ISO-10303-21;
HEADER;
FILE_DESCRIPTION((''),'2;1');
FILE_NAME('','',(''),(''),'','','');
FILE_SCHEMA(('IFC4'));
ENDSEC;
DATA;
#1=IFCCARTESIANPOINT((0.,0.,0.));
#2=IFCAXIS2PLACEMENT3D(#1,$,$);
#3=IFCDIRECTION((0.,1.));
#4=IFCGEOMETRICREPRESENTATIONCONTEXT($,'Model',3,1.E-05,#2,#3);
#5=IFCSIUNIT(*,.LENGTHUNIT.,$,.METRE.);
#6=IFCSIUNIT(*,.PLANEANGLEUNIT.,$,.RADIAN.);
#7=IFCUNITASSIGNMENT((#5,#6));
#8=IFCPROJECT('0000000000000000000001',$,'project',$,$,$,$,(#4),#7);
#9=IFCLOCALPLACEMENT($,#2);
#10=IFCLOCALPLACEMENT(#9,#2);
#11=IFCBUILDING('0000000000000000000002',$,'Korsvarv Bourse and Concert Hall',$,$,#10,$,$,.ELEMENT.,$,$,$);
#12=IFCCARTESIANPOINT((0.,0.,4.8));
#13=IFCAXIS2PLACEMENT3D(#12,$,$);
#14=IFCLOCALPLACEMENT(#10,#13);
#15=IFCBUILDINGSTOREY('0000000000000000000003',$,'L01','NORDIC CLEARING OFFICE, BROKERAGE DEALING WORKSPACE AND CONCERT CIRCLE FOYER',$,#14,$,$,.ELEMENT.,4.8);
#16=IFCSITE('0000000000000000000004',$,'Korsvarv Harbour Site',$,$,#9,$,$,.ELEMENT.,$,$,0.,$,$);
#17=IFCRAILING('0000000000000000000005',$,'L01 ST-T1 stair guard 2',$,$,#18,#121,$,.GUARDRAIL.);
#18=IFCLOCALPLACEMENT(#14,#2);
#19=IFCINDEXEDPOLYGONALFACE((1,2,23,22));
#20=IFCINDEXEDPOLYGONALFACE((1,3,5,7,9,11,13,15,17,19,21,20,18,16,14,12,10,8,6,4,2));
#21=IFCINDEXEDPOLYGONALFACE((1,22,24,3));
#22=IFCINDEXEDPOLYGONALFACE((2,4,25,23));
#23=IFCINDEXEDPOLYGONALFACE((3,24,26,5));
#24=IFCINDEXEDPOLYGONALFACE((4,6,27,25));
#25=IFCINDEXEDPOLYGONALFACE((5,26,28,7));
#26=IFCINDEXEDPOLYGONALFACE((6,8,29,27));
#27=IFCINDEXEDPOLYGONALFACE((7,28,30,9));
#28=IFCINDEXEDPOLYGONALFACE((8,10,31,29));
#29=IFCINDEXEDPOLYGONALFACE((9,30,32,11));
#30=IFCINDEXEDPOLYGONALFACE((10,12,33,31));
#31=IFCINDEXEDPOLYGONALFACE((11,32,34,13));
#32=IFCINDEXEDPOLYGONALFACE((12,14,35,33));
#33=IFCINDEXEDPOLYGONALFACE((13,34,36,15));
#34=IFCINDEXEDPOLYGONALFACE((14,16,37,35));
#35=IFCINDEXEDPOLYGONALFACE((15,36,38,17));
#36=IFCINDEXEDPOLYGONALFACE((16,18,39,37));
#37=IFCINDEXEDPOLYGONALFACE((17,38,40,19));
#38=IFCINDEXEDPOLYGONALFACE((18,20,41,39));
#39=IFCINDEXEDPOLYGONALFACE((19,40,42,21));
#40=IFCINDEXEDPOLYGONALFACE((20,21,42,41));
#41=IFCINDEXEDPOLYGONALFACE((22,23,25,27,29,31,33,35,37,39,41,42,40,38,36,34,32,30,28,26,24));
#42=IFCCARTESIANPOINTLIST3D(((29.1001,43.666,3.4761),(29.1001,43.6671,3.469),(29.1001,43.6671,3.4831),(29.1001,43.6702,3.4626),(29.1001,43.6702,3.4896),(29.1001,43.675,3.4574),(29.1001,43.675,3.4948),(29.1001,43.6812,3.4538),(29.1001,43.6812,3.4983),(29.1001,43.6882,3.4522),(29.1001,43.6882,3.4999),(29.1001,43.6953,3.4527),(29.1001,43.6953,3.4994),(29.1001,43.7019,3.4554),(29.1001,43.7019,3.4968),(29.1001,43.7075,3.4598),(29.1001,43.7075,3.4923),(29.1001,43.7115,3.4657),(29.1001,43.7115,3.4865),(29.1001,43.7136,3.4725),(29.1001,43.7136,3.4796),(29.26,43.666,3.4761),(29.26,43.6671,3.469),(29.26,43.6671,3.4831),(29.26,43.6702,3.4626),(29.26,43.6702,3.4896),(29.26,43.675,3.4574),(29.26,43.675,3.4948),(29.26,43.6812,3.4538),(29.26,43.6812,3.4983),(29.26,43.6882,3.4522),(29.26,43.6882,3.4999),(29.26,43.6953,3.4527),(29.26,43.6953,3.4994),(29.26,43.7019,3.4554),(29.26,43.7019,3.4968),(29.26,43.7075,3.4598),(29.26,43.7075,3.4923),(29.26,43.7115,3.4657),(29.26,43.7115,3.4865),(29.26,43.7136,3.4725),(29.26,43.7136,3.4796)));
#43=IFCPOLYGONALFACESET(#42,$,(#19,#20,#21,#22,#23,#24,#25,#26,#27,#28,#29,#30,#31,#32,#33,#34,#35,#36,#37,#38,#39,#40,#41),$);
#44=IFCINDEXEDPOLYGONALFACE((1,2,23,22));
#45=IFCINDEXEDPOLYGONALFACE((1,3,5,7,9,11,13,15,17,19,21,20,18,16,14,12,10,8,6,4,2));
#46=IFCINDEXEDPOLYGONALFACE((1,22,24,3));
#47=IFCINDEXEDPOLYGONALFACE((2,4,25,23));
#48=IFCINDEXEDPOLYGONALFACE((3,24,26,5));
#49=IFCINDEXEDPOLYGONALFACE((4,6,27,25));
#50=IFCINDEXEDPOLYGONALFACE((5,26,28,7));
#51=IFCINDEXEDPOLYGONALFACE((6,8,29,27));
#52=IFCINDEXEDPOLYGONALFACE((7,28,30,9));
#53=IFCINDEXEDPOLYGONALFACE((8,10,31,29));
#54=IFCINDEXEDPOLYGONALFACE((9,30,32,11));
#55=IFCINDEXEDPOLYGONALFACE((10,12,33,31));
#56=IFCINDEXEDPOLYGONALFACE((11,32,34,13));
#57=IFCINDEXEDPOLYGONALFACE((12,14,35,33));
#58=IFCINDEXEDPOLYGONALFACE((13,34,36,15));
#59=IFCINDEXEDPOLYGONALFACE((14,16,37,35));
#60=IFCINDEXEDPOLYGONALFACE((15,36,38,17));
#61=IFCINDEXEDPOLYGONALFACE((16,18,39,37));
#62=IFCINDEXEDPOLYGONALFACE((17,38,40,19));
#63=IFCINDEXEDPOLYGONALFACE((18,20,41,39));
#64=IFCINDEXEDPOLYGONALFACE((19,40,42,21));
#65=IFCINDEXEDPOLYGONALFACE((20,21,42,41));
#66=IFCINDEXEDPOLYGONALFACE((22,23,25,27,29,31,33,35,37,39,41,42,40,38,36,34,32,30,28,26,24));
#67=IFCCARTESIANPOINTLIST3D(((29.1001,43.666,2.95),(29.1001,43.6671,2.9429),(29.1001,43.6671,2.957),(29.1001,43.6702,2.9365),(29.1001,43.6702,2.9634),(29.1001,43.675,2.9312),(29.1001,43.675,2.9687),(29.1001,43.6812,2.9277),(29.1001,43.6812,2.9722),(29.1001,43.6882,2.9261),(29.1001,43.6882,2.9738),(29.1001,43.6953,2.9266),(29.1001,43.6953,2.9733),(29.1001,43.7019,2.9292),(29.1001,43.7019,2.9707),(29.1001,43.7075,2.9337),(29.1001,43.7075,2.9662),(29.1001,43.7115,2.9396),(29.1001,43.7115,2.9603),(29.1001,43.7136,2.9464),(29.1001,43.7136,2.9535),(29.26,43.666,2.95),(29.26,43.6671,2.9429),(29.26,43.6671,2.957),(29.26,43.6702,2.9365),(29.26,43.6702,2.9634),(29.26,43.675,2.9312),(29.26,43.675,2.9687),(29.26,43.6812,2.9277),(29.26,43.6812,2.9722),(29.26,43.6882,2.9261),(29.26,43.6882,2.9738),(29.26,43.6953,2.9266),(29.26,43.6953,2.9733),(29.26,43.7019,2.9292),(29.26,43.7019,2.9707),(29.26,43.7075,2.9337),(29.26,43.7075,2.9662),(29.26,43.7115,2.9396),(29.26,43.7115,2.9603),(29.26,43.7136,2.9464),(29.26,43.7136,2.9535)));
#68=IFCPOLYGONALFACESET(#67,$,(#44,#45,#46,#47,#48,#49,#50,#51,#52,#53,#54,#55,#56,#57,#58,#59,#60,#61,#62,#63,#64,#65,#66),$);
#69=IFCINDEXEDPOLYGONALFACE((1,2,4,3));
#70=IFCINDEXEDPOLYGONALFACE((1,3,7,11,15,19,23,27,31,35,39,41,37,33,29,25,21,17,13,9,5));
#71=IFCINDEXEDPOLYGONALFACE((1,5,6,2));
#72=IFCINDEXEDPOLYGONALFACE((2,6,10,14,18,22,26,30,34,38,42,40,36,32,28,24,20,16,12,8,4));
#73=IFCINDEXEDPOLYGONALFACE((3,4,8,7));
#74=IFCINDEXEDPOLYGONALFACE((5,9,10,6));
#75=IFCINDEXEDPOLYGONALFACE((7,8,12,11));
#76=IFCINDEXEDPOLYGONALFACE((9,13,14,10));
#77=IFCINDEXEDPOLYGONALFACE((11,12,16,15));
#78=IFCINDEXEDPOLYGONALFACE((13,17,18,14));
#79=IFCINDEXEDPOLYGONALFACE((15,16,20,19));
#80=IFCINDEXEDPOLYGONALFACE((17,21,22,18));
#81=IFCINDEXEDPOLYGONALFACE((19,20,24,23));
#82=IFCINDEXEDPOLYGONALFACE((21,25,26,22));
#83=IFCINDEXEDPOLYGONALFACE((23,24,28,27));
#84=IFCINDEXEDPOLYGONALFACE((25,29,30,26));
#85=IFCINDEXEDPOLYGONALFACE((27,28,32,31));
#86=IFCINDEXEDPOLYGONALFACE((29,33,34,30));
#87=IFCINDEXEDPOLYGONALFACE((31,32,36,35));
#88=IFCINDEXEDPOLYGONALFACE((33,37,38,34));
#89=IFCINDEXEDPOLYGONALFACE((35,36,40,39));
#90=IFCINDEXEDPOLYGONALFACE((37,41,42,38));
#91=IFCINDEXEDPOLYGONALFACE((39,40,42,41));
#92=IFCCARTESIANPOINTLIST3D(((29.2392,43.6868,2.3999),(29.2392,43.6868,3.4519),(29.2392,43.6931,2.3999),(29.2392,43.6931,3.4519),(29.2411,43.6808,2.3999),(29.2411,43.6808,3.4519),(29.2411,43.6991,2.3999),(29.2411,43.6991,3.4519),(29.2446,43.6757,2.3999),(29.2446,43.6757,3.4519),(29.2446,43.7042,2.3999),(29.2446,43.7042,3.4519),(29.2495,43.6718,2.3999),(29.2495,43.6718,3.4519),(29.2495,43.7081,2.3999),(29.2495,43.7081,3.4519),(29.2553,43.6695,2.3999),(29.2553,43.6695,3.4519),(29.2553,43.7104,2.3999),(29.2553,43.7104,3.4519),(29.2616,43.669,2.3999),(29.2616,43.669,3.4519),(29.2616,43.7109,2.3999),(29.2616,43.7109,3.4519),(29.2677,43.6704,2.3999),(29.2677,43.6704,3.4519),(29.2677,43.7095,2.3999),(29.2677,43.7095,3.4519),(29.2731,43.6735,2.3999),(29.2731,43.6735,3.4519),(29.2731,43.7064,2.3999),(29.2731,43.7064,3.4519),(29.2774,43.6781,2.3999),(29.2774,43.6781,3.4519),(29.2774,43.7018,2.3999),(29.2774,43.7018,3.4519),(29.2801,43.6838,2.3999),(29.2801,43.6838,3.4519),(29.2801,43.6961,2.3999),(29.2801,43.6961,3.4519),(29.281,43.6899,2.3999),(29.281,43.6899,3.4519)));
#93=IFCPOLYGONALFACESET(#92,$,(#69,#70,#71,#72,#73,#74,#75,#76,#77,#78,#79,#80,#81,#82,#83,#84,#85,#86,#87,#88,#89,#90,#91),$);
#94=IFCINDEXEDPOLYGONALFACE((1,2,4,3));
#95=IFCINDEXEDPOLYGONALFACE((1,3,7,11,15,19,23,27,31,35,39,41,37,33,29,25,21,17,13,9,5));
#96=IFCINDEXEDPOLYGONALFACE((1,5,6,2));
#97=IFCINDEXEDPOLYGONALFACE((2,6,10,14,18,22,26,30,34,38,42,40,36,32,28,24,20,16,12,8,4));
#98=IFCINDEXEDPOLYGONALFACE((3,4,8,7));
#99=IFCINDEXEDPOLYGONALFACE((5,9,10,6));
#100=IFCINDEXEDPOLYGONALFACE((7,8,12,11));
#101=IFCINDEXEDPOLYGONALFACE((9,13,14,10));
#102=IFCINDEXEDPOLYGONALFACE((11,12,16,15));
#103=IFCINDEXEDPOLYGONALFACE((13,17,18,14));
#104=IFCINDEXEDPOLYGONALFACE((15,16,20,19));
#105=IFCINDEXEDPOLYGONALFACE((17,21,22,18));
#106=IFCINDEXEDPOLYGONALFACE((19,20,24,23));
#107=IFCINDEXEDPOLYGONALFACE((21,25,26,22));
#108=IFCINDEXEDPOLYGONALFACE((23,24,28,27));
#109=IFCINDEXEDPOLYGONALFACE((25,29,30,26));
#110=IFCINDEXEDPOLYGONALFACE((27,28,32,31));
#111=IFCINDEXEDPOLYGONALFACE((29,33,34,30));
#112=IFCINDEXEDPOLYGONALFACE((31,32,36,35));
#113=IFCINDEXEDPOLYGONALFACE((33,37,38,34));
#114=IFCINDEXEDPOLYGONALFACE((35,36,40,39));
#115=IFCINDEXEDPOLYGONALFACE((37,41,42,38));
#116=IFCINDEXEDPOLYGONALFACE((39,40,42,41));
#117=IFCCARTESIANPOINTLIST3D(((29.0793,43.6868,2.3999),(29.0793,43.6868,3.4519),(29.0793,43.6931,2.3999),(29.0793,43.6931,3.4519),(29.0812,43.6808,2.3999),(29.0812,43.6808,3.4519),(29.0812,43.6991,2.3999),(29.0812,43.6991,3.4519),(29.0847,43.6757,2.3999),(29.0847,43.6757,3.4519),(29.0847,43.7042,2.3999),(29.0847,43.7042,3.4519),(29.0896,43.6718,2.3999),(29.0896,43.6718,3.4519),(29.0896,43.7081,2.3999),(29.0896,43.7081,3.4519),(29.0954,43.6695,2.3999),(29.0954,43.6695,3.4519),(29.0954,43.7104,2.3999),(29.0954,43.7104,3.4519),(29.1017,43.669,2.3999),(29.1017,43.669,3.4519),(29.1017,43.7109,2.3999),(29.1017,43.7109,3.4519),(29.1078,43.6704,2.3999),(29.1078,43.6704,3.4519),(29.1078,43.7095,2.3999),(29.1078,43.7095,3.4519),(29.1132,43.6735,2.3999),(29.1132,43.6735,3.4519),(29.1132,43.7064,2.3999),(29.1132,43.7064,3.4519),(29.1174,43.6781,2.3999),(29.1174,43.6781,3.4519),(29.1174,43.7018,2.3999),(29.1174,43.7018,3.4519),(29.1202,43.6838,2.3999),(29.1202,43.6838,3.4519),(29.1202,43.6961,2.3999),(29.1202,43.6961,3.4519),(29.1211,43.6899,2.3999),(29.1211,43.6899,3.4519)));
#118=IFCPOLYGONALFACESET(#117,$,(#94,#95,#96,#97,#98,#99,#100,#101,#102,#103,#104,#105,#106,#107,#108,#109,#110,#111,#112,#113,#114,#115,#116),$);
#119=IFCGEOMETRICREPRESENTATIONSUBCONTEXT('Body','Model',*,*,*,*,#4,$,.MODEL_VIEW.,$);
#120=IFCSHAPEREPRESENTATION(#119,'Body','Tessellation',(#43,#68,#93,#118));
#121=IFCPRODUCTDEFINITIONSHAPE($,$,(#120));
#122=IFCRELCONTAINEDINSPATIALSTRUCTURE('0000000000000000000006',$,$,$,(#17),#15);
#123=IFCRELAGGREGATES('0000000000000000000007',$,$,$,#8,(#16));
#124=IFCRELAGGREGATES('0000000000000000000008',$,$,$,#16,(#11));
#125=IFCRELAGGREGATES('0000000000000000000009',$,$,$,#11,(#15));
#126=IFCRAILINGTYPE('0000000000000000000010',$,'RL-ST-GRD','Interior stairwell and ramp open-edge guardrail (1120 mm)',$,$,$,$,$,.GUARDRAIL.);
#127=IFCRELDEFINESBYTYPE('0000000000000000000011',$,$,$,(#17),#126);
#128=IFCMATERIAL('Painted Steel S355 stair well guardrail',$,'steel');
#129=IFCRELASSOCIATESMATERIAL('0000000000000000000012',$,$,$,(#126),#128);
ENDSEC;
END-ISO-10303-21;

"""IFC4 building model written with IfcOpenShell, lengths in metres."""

from ifc_helpers import new_model, si_unit, direction, frame, origin, origin_2d, place, context, subcontext, project, spatial, circle, extrude, material, type_object, element, save


model = new_model("IFC4")

# Units and contexts
model_context = context("Model", 3, precision=1e-05, world=origin(), true_north=direction((0.0, 1.0)))
body_context = subcontext(model_context, "Body", "Model", "MODEL_VIEW")
ifc_project = project(units=[si_unit("LENGTHUNIT", "METRE"), si_unit("PLANEANGLEUNIT", "RADIAN")], contexts=[model_context])

# Site, building, storey
site_placement = place(None, origin())
site = spatial("IfcSite", under=ifc_project, at=site_placement, Name="Korsvarv Harbour Site", CompositionType="ELEMENT", RefElevation=0.0)
building_placement = place(site_placement, origin())
building = spatial("IfcBuilding", under=site, at=building_placement, Name="Korsvarv Bourse and Concert Hall", CompositionType="ELEMENT")
storey_placement = place(building_placement, frame((0.0, 0.0, 4.8)))
storey = spatial("IfcBuildingStorey", under=building, at=storey_placement, Name="L01", Description="NORDIC CLEARING OFFICE, BROKERAGE DEALING WORKSPACE AND CONCERT CIRCLE FOYER", CompositionType="ELEMENT", Elevation=4.8)

# Railing
ifc_material_1 = material(Name="Painted Steel S355 stair well guardrail", Category="steel")
railing_type_1 = type_object("IfcRailingType", Name="RL-ST-GRD", Description="Interior stairwell and ramp open-edge guardrail (1120 mm)", PredefinedType="GUARDRAIL", material=ifc_material_1)
railing_1_placement = place(storey_placement, frame((29.26, 43.6899, 2.3999)))
element("IfcRailing", 1, at=railing_1_placement, inside=storey, type_object=railing_type_1, Name="L01 ST-T1 stair guard 2", PredefinedType="GUARDRAIL", context=body_context, shape_type="SweptSolid", body=[
    extrude(circle(Radius=0.0239, at=origin_2d()), frame((0.0, 0.0, 1.0762), z_axis=(-1.0, 0.0, 0.0), x_axis=(0.0, -1.0, 0.0)), (0.0, 0.0, 1.0), 0.1599),
    extrude(circle(Radius=0.0239, at=origin_2d()), frame((0.0, 0.0, 0.55), z_axis=(-1.0, 0.0, 0.0), x_axis=(0.0, -1.0, 0.0)), (0.0, 0.0, 1.0), 0.1599),
    extrude(circle(Radius=0.021, at=origin_2d()), origin(), (0.0, 0.0, 1.0), 1.052),
    extrude(circle(Radius=0.021, at=origin_2d()), frame((-0.1599, 0.0, 0.0)), (0.0, 0.0, 1.0), 1.052),
])

save(model, "model.ifc")
